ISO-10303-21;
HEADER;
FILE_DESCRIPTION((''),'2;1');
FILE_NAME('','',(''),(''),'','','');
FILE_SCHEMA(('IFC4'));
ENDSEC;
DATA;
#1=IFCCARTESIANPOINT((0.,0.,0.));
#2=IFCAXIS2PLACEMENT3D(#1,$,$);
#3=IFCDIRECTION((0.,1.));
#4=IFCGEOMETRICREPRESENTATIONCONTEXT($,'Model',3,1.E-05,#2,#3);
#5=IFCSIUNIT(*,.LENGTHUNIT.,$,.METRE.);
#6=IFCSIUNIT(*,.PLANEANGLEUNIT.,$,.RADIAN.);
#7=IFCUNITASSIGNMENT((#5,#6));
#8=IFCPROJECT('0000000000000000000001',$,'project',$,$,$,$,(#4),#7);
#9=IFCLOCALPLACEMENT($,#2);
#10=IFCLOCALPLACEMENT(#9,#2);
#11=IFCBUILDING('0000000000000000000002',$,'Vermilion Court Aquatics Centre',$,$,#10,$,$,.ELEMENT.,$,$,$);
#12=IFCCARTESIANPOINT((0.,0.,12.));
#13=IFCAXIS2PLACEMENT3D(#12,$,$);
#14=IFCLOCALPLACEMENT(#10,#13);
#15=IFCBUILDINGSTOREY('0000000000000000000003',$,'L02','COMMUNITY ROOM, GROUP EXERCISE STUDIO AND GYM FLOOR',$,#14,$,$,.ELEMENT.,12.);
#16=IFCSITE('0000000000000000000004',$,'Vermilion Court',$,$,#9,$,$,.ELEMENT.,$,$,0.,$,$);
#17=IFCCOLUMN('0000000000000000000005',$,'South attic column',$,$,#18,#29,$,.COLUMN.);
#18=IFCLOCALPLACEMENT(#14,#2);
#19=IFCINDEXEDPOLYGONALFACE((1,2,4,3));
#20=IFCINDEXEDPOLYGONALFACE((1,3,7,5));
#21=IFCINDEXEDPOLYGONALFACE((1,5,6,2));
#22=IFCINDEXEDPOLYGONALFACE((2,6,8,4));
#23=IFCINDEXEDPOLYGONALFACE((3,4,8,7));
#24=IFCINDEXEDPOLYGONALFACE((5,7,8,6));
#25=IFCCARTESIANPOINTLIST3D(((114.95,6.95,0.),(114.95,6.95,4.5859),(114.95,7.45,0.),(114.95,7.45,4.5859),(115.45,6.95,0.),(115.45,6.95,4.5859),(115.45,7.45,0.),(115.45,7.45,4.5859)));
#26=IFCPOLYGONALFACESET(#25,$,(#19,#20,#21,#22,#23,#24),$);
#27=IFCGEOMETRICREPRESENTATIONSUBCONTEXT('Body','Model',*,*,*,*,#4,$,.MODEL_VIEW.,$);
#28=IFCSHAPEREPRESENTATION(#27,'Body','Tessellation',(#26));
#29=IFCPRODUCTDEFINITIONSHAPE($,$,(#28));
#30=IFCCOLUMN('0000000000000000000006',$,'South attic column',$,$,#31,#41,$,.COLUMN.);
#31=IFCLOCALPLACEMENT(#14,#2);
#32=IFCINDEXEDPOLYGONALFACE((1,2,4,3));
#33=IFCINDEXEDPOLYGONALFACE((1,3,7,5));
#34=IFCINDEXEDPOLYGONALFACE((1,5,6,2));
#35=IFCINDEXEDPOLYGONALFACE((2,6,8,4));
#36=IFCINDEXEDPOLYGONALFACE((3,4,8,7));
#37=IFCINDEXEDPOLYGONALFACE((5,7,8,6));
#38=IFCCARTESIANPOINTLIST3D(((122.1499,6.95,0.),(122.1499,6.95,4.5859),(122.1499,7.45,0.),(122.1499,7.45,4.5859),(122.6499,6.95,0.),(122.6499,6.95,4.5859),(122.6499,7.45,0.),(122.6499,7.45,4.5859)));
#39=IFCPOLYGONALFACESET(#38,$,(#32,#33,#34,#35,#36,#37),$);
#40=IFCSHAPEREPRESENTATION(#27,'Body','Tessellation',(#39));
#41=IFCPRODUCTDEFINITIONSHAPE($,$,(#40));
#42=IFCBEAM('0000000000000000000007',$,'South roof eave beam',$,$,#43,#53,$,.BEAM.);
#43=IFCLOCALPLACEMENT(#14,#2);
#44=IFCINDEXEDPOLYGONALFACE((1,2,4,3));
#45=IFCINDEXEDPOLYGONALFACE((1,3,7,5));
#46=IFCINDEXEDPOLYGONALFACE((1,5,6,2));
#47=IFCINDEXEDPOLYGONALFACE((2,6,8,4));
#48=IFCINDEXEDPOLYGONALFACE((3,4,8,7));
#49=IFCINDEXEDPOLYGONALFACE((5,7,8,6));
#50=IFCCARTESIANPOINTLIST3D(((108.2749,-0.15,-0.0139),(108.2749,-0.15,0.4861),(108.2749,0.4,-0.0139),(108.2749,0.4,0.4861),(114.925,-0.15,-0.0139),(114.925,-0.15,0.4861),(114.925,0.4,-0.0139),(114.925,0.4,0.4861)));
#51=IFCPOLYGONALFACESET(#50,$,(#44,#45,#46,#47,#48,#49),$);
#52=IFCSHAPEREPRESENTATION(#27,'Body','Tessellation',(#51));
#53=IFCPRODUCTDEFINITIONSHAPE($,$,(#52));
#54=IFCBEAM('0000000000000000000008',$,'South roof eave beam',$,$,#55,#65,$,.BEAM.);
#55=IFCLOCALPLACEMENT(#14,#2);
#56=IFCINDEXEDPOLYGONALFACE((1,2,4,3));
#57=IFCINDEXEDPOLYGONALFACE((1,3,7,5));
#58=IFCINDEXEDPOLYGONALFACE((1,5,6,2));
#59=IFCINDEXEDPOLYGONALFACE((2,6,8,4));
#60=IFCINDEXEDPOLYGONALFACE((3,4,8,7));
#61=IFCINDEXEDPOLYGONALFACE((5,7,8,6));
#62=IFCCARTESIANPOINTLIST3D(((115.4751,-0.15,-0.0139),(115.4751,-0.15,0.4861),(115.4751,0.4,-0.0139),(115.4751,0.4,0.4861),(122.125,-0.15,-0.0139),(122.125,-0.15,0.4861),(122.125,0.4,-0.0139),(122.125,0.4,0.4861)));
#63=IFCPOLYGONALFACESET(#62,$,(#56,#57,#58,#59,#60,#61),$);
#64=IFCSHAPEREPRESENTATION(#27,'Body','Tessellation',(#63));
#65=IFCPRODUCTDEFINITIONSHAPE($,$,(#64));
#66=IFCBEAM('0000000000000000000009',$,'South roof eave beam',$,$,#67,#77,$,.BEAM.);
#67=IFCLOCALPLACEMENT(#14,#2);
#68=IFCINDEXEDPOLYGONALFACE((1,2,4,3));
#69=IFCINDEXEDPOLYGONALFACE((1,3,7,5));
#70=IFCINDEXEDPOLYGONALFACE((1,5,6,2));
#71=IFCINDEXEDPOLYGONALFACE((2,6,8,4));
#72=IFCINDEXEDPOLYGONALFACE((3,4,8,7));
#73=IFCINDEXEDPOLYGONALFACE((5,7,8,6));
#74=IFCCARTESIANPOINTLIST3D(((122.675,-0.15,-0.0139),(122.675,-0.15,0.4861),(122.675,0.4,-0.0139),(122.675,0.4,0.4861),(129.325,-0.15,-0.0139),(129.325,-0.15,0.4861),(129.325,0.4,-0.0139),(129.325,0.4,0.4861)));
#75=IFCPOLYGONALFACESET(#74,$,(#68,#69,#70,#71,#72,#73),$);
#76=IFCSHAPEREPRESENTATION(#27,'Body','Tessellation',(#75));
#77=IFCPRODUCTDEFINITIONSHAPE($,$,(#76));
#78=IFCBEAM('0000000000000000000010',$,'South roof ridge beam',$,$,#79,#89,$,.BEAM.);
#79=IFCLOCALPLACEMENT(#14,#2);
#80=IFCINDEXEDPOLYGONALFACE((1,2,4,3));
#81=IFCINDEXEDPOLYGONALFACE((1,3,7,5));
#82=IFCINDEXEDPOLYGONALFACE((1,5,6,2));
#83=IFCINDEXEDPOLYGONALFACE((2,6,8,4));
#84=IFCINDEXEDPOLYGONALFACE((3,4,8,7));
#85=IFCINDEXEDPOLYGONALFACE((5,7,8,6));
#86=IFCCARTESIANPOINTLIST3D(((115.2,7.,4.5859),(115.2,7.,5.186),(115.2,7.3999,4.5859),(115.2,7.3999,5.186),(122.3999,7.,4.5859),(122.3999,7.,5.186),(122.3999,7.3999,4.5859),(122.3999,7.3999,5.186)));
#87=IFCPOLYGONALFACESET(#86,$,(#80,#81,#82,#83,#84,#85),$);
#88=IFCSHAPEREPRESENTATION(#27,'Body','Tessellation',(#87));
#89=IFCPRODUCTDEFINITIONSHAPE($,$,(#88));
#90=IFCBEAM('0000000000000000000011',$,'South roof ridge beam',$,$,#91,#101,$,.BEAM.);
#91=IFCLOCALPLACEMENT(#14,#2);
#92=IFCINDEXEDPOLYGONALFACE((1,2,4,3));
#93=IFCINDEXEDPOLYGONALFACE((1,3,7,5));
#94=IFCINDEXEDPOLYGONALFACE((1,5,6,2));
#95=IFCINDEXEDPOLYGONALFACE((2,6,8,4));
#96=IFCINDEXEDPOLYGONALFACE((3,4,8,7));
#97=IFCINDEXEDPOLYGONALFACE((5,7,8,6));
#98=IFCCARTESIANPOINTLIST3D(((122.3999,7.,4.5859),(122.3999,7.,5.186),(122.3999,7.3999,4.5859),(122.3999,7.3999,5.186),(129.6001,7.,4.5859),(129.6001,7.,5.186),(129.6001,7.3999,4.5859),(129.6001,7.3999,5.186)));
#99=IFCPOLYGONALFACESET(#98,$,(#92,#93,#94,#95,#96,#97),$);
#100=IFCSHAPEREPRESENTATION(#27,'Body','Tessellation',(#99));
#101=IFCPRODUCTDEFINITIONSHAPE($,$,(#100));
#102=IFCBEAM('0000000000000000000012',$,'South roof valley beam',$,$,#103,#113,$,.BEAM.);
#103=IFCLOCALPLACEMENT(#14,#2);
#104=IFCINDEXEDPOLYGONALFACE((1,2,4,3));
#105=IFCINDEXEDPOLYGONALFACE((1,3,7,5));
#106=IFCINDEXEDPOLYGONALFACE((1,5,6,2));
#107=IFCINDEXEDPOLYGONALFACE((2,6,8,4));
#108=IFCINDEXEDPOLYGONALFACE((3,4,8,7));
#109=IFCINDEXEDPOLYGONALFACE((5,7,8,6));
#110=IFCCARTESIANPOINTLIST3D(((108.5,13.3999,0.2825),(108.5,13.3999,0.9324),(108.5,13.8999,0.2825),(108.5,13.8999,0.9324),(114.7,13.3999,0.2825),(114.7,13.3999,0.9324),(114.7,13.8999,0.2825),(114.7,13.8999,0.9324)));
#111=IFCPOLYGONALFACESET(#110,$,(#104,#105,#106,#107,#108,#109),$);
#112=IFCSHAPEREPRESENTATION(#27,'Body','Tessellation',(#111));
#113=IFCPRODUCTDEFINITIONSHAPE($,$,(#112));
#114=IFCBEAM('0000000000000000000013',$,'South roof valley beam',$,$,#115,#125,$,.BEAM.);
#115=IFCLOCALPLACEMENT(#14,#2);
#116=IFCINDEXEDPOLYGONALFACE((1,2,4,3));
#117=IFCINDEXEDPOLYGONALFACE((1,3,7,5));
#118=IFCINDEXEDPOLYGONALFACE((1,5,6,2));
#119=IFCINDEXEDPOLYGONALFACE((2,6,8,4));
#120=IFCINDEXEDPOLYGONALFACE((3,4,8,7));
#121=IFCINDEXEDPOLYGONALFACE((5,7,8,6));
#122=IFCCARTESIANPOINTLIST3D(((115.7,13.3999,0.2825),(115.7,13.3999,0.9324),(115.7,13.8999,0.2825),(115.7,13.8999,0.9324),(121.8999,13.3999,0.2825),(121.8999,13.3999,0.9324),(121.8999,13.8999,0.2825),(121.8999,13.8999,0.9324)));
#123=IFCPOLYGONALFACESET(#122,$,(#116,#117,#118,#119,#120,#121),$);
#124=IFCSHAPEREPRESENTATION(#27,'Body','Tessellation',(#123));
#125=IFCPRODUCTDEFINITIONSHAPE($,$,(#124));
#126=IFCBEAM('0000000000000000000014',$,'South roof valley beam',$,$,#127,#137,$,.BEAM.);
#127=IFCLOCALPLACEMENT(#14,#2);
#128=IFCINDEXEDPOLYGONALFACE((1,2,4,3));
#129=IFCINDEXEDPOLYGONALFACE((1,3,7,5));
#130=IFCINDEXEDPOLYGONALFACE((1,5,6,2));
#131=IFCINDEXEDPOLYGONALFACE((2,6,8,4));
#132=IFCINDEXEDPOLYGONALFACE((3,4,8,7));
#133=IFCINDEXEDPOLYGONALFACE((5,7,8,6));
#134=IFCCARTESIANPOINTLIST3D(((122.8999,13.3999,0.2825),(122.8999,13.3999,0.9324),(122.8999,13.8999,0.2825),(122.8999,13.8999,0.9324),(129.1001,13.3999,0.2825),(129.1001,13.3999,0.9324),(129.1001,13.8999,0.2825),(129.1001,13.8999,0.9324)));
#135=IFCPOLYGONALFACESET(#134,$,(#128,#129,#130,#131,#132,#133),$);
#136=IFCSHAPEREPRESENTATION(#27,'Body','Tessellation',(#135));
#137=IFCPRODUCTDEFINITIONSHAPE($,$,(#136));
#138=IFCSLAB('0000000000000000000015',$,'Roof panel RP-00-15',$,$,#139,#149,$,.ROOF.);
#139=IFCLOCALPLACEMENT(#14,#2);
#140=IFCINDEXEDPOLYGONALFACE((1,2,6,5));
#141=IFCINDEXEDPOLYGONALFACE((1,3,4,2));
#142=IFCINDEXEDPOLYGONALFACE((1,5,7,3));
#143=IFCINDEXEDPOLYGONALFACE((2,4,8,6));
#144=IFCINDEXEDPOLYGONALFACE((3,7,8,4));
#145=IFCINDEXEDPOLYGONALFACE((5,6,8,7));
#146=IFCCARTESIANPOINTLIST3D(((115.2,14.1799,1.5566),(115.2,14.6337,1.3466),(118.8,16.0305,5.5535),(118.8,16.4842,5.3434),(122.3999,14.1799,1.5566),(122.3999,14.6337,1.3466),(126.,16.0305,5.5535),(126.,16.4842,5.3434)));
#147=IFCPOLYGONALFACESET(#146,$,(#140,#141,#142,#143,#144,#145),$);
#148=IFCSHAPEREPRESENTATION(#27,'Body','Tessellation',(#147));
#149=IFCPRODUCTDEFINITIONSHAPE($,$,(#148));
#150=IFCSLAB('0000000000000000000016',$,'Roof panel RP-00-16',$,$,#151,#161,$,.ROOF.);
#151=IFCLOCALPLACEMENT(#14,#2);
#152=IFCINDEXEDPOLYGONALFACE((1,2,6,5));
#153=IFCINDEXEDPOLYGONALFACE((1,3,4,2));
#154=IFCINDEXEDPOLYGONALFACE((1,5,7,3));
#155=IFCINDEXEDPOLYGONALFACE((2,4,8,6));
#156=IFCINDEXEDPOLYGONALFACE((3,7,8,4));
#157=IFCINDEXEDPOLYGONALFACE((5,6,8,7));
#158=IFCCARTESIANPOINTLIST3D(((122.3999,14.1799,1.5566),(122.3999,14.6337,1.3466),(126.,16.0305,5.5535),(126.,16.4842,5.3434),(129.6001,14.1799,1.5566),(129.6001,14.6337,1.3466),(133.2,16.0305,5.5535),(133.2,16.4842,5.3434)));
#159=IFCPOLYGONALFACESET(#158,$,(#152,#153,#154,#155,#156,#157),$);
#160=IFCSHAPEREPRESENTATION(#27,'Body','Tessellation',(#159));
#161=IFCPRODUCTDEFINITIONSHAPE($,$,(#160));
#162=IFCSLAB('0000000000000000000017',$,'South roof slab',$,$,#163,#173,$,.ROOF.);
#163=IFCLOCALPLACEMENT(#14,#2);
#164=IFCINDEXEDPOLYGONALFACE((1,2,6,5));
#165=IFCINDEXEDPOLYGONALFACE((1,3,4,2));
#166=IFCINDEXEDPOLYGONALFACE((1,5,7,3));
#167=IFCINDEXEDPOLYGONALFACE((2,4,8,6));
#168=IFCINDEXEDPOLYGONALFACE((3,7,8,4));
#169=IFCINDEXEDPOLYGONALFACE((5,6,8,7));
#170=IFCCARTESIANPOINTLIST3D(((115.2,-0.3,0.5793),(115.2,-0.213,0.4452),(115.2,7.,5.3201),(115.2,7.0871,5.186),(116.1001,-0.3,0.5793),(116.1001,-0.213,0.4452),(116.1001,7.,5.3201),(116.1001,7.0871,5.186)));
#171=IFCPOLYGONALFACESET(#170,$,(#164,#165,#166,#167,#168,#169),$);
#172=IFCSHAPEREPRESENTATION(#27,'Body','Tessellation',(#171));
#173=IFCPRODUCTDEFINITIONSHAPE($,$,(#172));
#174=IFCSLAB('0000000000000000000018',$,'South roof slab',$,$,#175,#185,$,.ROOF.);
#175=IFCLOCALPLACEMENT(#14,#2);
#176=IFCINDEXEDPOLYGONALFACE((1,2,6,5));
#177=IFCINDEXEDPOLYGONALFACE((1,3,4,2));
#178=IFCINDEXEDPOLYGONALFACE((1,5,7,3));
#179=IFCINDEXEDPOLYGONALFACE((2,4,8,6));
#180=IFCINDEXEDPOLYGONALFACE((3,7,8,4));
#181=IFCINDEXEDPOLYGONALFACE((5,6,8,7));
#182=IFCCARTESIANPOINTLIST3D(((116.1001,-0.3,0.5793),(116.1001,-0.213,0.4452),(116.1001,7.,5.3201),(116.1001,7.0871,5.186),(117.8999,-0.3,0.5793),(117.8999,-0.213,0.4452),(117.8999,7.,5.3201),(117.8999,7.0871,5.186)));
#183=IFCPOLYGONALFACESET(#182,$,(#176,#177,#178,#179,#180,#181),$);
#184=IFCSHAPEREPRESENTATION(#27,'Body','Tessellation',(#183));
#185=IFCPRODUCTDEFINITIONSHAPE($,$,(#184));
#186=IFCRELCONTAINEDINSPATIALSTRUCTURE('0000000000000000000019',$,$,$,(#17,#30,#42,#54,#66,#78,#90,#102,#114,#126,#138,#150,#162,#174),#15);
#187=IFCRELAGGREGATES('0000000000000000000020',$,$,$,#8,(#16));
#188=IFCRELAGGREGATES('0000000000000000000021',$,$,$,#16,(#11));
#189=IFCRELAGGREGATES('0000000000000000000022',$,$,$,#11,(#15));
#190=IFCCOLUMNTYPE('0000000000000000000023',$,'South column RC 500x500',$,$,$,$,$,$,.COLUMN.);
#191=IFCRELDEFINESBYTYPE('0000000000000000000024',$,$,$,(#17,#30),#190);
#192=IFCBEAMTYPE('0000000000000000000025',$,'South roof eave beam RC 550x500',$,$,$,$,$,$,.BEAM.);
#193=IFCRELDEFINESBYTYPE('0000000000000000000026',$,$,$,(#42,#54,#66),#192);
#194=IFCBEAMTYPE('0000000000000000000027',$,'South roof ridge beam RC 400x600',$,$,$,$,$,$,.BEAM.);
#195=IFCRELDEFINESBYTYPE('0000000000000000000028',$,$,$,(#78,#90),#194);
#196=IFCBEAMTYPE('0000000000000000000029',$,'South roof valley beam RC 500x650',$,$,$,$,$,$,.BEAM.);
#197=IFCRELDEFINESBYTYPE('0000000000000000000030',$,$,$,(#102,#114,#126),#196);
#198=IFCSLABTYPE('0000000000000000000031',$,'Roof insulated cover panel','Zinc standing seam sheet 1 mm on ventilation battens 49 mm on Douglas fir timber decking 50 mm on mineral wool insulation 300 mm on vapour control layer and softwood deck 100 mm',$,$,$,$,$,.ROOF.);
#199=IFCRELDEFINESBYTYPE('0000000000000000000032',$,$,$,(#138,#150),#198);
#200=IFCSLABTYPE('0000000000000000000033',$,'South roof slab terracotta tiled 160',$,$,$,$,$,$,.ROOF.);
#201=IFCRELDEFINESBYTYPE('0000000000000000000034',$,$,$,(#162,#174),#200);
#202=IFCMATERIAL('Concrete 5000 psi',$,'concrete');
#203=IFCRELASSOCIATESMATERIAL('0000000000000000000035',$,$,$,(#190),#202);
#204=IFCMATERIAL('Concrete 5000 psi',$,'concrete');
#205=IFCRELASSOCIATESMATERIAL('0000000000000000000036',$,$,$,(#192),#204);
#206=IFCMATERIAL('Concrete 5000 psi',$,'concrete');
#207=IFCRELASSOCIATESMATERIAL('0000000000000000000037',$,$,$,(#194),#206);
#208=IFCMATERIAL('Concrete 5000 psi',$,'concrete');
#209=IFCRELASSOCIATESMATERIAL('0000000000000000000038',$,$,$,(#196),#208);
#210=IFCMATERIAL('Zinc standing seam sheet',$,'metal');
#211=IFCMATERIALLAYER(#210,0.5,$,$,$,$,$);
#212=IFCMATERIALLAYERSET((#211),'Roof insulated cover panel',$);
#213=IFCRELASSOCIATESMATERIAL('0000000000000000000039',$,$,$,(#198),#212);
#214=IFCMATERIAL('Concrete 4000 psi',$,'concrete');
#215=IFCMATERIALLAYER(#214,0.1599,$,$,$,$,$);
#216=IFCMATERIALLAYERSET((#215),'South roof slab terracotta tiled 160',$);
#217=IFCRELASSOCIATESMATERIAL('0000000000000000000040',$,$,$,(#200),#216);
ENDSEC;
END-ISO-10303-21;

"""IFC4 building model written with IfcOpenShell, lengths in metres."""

from ifc_helpers import new_model, si_unit, direction, frame, origin, origin_2d, place, context, subcontext, project, spatial, polyline, rectangle, outline, extrude, material, layer, layer_set, material_profile, profile_set, type_object, element, save


model = new_model("IFC4")

# Units and contexts
model_context = context("Model", 3, precision=1e-05, world=origin(), true_north=direction((0.0, 1.0)))
body_context = subcontext(model_context, "Body", "Model", "MODEL_VIEW")
ifc_project = project(units=[si_unit("LENGTHUNIT", "METRE"), si_unit("PLANEANGLEUNIT", "RADIAN")], contexts=[model_context])

# Site, building, storey
site_placement = place(None, origin())
site = spatial("IfcSite", under=ifc_project, at=site_placement, Name="Vermilion Court", CompositionType="ELEMENT", RefElevation=0.0)
building_placement = place(site_placement, origin())
building = spatial("IfcBuilding", under=site, at=building_placement, Name="Vermilion Court Aquatics Centre", CompositionType="ELEMENT")
storey_placement = place(building_placement, frame((0.0, 0.0, 12.0)))
storey = spatial("IfcBuildingStorey", under=building, at=storey_placement, Name="L02", Description="COMMUNITY ROOM, GROUP EXERCISE STUDIO AND GYM FLOOR", CompositionType="ELEMENT", Elevation=12.0)

# Columns
ifc_material_1 = material(Name="Concrete 5000 psi", Category="concrete")
ifc_material_profile_1 = material_profile(ifc_material_1, rectangle(XDim=0.5, YDim=0.5, at=origin_2d()), Name="RC 500x500")
ifc_profile_set_1 = profile_set([ifc_material_profile_1], Name="Concrete 5000 psi")
column_type = type_object("IfcColumnType", Name="South column RC 500x500", PredefinedType="COLUMN", material=ifc_profile_set_1)
for number, where, z_axis, x_axis, name in (
    (1, (115.2, 7.2, 0.0), (0.0, 0.0, 1.0), (1.0, 0.0, 0.0), "South attic column"),
    (2, (122.3999, 7.2, 0.0), (0.0, 0.0, 1.0), (1.0, 0.0, 0.0), "South attic column"),
):
    element("IfcColumn", number, at=place(storey_placement, frame(where, z_axis=z_axis, x_axis=x_axis)), inside=storey, type_object=column_type, Name=name, PredefinedType="COLUMN", context=body_context, shape_type="SweptSolid", body=[
        extrude(rectangle(XDim=0.5, YDim=0.5, at=origin_2d()), origin(), (0.0, 0.0, 1.0), 4.5859),
    ])

# Beams
ifc_material_2 = material(Name="Concrete 5000 psi", Category="concrete")
ifc_material_profile_2 = material_profile(ifc_material_2, rectangle(XDim=0.55, YDim=0.5, at=origin_2d()), Name="RC 550x500")
ifc_profile_set_2 = profile_set([ifc_material_profile_2], Name="Concrete 5000 psi")
beam_type_1 = type_object("IfcBeamType", Name="South roof eave beam RC 550x500", PredefinedType="BEAM", material=ifc_profile_set_2)
beam_1_placement = place(storey_placement, frame((108.2749, 0.125, 0.2361), z_axis=(1.0, 0.0, 0.0), x_axis=(0.0, 1.0, 0.0)))
element("IfcBeam", 3, at=beam_1_placement, inside=storey, type_object=beam_type_1, Name="South roof eave beam", PredefinedType="BEAM", context=body_context, shape_type="SweptSolid", body=[
    extrude(rectangle(XDim=0.55, YDim=0.5, at=origin_2d()), origin(), (0.0, 0.0, 1.0), 6.6501),
])
for number, where, z_axis, x_axis, name in (
    (4, (115.4751, 0.125, 0.2361), (1.0, 0.0, 0.0), (0.0, 1.0, 0.0), "South roof eave beam"),
    (5, (122.675, 0.125, 0.2361), (1.0, 0.0, 0.0), (0.0, 1.0, 0.0), "South roof eave beam"),
):
    element("IfcBeam", number, at=place(storey_placement, frame(where, z_axis=z_axis, x_axis=x_axis)), inside=storey, type_object=beam_type_1, Name=name, PredefinedType="BEAM", context=body_context, shape_type="SweptSolid", body=[
        extrude(rectangle(XDim=0.55, YDim=0.5, at=origin_2d()), origin(), (0.0, 0.0, 1.0), 6.6499),
    ])
ifc_material_3 = material(Name="Concrete 5000 psi", Category="concrete")
ifc_material_profile_3 = material_profile(ifc_material_3, rectangle(XDim=0.3999, YDim=0.6001, at=origin_2d()), Name="RC 400x600")
ifc_profile_set_3 = profile_set([ifc_material_profile_3], Name="Concrete 5000 psi")
beam_type_2 = type_object("IfcBeamType", Name="South roof ridge beam RC 400x600", PredefinedType="BEAM", material=ifc_profile_set_3)
beam_2_placement = place(storey_placement, frame((115.2, 7.2, 4.886), z_axis=(1.0, 0.0, 0.0), x_axis=(0.0, 1.0, 0.0)))
element("IfcBeam", 6, at=beam_2_placement, inside=storey, type_object=beam_type_2, Name="South roof ridge beam", PredefinedType="BEAM", context=body_context, shape_type="SweptSolid", body=[
    extrude(rectangle(XDim=0.3999, YDim=0.6001, at=origin_2d()), origin(), (0.0, 0.0, 1.0), 7.2),
])
beam_3_placement = place(storey_placement, frame((122.3999, 7.2, 4.886), z_axis=(1.0, 0.0, 0.0), x_axis=(0.0, 1.0, 0.0)))
element("IfcBeam", 7, at=beam_3_placement, inside=storey, type_object=beam_type_2, Name="South roof ridge beam", PredefinedType="BEAM", context=body_context, shape_type="SweptSolid", body=[
    extrude(rectangle(XDim=0.3999, YDim=0.6001, at=origin_2d()), origin(), (0.0, 0.0, 1.0), 7.2002),
])
ifc_material_4 = material(Name="Concrete 5000 psi", Category="concrete")
ifc_material_profile_4 = material_profile(ifc_material_4, rectangle(XDim=0.5, YDim=0.6499, at=origin_2d()), Name="RC 500x650")
ifc_profile_set_4 = profile_set([ifc_material_profile_4], Name="Concrete 5000 psi")
beam_type_3 = type_object("IfcBeamType", Name="South roof valley beam RC 500x650", PredefinedType="BEAM", material=ifc_profile_set_4)
for number, where, z_axis, x_axis, name in (
    (8, (108.5, 13.6499, 0.6074), (1.0, 0.0, 0.0), (0.0, 1.0, 0.0), "South roof valley beam"),
    (9, (115.7, 13.6499, 0.6074), (1.0, 0.0, 0.0), (0.0, 1.0, 0.0), "South roof valley beam"),
):
    element("IfcBeam", number, at=place(storey_placement, frame(where, z_axis=z_axis, x_axis=x_axis)), inside=storey, type_object=beam_type_3, Name=name, PredefinedType="BEAM", context=body_context, shape_type="SweptSolid", body=[
        extrude(rectangle(XDim=0.5, YDim=0.6499, at=origin_2d()), origin(), (0.0, 0.0, 1.0), 6.2),
    ])
beam_4_placement = place(storey_placement, frame((122.8999, 13.6499, 0.6074), z_axis=(1.0, 0.0, 0.0), x_axis=(0.0, 1.0, 0.0)))
element("IfcBeam", 10, at=beam_4_placement, inside=storey, type_object=beam_type_3, Name="South roof valley beam", PredefinedType="BEAM", context=body_context, shape_type="SweptSolid", body=[
    extrude(rectangle(XDim=0.5, YDim=0.6499, at=origin_2d()), origin(), (0.0, 0.0, 1.0), 6.2002),
])

# Slabs
ifc_material_5 = material(Name="Zinc standing seam sheet", Category="metal")
ifc_layer_1 = layer(ifc_material_5, 0.5)
ifc_layer_set_1 = layer_set([ifc_layer_1], Name="Roof insulated cover panel")
slab_type_1 = type_object("IfcSlabType", Name="Roof insulated cover panel", Description="Zinc standing seam sheet 1 mm on ventilation battens 49 mm on Douglas fir timber decking 50 mm on mineral wool insulation 300 mm on vapour control layer and softwood deck 100 mm", PredefinedType="ROOF", material=ifc_layer_set_1)
slab_1_placement = place(storey_placement, frame((115.2, 14.1799, 1.5566), z_axis=(0.0, -0.907449, 0.420162), x_axis=(1.0, 0.0, 0.0)))
element("IfcSlab", 11, at=slab_1_placement, inside=storey, type_object=slab_type_1, Name="Roof panel RP-00-15", PredefinedType="ROOF", context=body_context, shape_type="SweptSolid", body=[
    extrude(outline(polyline([(0.0, 0.0), (7.2, 0.0), (10.8, 4.4045), (3.6001, 4.4045), (0.0, 0.0)])), origin(), (0.0, 0.0, -1.0), 0.5),
])
slab_2_placement = place(storey_placement, frame((122.3999, 14.1799, 1.5566), z_axis=(0.0, -0.907449, 0.420162), x_axis=(1.0, 0.0, 0.0)))
element("IfcSlab", 12, at=slab_2_placement, inside=storey, type_object=slab_type_1, Name="Roof panel RP-00-16", PredefinedType="ROOF", context=body_context, shape_type="SweptSolid", body=[
    extrude(outline(polyline([(0.0, 0.0), (7.2002, 0.0), (10.8, 4.4045), (3.6001, 4.4045), (0.0, 0.0)])), origin(), (0.0, 0.0, -1.0), 0.5),
])
ifc_material_6 = material(Name="Concrete 4000 psi", Category="concrete")
ifc_layer_2 = layer(ifc_material_6, 0.1599)
ifc_layer_set_2 = layer_set([ifc_layer_2], Name="South roof slab terracotta tiled 160")
slab_type_2 = type_object("IfcSlabType", Name="South roof slab terracotta tiled 160", PredefinedType="ROOF", material=ifc_layer_set_2)
slab_3_placement = place(storey_placement, frame((115.2, -0.3, 0.5793), z_axis=(0.0, -0.54464, 0.83867), x_axis=(0.0, 0.83867, 0.54464)))
element("IfcSlab", 13, at=slab_3_placement, inside=storey, type_object=slab_type_2, Name="South roof slab", PredefinedType="ROOF", context=body_context, shape_type="SweptSolid", body=[
    extrude(outline(polyline([(0.0, 0.0), (8.7043, 0.0), (8.7043, -0.9001), (0.0, -0.9001), (0.0, 0.0)])), origin(), (0.0, 0.0, -1.0), 0.1599),
])
slab_4_placement = place(storey_placement, frame((116.1001, -0.3, 0.5793), z_axis=(0.0, -0.54464, 0.83867), x_axis=(0.0, 0.83867, 0.54464)))
element("IfcSlab", 14, at=slab_4_placement, inside=storey, type_object=slab_type_2, Name="South roof slab", PredefinedType="ROOF", context=body_context, shape_type="SweptSolid", body=[
    extrude(outline(polyline([(0.0, 0.0), (8.7043, 0.0), (8.7043, -1.7998), (0.0, -1.7998), (0.0, 0.0)])), origin(), (0.0, 0.0, -1.0), 0.1599),
])

save(model, "model.ifc")
